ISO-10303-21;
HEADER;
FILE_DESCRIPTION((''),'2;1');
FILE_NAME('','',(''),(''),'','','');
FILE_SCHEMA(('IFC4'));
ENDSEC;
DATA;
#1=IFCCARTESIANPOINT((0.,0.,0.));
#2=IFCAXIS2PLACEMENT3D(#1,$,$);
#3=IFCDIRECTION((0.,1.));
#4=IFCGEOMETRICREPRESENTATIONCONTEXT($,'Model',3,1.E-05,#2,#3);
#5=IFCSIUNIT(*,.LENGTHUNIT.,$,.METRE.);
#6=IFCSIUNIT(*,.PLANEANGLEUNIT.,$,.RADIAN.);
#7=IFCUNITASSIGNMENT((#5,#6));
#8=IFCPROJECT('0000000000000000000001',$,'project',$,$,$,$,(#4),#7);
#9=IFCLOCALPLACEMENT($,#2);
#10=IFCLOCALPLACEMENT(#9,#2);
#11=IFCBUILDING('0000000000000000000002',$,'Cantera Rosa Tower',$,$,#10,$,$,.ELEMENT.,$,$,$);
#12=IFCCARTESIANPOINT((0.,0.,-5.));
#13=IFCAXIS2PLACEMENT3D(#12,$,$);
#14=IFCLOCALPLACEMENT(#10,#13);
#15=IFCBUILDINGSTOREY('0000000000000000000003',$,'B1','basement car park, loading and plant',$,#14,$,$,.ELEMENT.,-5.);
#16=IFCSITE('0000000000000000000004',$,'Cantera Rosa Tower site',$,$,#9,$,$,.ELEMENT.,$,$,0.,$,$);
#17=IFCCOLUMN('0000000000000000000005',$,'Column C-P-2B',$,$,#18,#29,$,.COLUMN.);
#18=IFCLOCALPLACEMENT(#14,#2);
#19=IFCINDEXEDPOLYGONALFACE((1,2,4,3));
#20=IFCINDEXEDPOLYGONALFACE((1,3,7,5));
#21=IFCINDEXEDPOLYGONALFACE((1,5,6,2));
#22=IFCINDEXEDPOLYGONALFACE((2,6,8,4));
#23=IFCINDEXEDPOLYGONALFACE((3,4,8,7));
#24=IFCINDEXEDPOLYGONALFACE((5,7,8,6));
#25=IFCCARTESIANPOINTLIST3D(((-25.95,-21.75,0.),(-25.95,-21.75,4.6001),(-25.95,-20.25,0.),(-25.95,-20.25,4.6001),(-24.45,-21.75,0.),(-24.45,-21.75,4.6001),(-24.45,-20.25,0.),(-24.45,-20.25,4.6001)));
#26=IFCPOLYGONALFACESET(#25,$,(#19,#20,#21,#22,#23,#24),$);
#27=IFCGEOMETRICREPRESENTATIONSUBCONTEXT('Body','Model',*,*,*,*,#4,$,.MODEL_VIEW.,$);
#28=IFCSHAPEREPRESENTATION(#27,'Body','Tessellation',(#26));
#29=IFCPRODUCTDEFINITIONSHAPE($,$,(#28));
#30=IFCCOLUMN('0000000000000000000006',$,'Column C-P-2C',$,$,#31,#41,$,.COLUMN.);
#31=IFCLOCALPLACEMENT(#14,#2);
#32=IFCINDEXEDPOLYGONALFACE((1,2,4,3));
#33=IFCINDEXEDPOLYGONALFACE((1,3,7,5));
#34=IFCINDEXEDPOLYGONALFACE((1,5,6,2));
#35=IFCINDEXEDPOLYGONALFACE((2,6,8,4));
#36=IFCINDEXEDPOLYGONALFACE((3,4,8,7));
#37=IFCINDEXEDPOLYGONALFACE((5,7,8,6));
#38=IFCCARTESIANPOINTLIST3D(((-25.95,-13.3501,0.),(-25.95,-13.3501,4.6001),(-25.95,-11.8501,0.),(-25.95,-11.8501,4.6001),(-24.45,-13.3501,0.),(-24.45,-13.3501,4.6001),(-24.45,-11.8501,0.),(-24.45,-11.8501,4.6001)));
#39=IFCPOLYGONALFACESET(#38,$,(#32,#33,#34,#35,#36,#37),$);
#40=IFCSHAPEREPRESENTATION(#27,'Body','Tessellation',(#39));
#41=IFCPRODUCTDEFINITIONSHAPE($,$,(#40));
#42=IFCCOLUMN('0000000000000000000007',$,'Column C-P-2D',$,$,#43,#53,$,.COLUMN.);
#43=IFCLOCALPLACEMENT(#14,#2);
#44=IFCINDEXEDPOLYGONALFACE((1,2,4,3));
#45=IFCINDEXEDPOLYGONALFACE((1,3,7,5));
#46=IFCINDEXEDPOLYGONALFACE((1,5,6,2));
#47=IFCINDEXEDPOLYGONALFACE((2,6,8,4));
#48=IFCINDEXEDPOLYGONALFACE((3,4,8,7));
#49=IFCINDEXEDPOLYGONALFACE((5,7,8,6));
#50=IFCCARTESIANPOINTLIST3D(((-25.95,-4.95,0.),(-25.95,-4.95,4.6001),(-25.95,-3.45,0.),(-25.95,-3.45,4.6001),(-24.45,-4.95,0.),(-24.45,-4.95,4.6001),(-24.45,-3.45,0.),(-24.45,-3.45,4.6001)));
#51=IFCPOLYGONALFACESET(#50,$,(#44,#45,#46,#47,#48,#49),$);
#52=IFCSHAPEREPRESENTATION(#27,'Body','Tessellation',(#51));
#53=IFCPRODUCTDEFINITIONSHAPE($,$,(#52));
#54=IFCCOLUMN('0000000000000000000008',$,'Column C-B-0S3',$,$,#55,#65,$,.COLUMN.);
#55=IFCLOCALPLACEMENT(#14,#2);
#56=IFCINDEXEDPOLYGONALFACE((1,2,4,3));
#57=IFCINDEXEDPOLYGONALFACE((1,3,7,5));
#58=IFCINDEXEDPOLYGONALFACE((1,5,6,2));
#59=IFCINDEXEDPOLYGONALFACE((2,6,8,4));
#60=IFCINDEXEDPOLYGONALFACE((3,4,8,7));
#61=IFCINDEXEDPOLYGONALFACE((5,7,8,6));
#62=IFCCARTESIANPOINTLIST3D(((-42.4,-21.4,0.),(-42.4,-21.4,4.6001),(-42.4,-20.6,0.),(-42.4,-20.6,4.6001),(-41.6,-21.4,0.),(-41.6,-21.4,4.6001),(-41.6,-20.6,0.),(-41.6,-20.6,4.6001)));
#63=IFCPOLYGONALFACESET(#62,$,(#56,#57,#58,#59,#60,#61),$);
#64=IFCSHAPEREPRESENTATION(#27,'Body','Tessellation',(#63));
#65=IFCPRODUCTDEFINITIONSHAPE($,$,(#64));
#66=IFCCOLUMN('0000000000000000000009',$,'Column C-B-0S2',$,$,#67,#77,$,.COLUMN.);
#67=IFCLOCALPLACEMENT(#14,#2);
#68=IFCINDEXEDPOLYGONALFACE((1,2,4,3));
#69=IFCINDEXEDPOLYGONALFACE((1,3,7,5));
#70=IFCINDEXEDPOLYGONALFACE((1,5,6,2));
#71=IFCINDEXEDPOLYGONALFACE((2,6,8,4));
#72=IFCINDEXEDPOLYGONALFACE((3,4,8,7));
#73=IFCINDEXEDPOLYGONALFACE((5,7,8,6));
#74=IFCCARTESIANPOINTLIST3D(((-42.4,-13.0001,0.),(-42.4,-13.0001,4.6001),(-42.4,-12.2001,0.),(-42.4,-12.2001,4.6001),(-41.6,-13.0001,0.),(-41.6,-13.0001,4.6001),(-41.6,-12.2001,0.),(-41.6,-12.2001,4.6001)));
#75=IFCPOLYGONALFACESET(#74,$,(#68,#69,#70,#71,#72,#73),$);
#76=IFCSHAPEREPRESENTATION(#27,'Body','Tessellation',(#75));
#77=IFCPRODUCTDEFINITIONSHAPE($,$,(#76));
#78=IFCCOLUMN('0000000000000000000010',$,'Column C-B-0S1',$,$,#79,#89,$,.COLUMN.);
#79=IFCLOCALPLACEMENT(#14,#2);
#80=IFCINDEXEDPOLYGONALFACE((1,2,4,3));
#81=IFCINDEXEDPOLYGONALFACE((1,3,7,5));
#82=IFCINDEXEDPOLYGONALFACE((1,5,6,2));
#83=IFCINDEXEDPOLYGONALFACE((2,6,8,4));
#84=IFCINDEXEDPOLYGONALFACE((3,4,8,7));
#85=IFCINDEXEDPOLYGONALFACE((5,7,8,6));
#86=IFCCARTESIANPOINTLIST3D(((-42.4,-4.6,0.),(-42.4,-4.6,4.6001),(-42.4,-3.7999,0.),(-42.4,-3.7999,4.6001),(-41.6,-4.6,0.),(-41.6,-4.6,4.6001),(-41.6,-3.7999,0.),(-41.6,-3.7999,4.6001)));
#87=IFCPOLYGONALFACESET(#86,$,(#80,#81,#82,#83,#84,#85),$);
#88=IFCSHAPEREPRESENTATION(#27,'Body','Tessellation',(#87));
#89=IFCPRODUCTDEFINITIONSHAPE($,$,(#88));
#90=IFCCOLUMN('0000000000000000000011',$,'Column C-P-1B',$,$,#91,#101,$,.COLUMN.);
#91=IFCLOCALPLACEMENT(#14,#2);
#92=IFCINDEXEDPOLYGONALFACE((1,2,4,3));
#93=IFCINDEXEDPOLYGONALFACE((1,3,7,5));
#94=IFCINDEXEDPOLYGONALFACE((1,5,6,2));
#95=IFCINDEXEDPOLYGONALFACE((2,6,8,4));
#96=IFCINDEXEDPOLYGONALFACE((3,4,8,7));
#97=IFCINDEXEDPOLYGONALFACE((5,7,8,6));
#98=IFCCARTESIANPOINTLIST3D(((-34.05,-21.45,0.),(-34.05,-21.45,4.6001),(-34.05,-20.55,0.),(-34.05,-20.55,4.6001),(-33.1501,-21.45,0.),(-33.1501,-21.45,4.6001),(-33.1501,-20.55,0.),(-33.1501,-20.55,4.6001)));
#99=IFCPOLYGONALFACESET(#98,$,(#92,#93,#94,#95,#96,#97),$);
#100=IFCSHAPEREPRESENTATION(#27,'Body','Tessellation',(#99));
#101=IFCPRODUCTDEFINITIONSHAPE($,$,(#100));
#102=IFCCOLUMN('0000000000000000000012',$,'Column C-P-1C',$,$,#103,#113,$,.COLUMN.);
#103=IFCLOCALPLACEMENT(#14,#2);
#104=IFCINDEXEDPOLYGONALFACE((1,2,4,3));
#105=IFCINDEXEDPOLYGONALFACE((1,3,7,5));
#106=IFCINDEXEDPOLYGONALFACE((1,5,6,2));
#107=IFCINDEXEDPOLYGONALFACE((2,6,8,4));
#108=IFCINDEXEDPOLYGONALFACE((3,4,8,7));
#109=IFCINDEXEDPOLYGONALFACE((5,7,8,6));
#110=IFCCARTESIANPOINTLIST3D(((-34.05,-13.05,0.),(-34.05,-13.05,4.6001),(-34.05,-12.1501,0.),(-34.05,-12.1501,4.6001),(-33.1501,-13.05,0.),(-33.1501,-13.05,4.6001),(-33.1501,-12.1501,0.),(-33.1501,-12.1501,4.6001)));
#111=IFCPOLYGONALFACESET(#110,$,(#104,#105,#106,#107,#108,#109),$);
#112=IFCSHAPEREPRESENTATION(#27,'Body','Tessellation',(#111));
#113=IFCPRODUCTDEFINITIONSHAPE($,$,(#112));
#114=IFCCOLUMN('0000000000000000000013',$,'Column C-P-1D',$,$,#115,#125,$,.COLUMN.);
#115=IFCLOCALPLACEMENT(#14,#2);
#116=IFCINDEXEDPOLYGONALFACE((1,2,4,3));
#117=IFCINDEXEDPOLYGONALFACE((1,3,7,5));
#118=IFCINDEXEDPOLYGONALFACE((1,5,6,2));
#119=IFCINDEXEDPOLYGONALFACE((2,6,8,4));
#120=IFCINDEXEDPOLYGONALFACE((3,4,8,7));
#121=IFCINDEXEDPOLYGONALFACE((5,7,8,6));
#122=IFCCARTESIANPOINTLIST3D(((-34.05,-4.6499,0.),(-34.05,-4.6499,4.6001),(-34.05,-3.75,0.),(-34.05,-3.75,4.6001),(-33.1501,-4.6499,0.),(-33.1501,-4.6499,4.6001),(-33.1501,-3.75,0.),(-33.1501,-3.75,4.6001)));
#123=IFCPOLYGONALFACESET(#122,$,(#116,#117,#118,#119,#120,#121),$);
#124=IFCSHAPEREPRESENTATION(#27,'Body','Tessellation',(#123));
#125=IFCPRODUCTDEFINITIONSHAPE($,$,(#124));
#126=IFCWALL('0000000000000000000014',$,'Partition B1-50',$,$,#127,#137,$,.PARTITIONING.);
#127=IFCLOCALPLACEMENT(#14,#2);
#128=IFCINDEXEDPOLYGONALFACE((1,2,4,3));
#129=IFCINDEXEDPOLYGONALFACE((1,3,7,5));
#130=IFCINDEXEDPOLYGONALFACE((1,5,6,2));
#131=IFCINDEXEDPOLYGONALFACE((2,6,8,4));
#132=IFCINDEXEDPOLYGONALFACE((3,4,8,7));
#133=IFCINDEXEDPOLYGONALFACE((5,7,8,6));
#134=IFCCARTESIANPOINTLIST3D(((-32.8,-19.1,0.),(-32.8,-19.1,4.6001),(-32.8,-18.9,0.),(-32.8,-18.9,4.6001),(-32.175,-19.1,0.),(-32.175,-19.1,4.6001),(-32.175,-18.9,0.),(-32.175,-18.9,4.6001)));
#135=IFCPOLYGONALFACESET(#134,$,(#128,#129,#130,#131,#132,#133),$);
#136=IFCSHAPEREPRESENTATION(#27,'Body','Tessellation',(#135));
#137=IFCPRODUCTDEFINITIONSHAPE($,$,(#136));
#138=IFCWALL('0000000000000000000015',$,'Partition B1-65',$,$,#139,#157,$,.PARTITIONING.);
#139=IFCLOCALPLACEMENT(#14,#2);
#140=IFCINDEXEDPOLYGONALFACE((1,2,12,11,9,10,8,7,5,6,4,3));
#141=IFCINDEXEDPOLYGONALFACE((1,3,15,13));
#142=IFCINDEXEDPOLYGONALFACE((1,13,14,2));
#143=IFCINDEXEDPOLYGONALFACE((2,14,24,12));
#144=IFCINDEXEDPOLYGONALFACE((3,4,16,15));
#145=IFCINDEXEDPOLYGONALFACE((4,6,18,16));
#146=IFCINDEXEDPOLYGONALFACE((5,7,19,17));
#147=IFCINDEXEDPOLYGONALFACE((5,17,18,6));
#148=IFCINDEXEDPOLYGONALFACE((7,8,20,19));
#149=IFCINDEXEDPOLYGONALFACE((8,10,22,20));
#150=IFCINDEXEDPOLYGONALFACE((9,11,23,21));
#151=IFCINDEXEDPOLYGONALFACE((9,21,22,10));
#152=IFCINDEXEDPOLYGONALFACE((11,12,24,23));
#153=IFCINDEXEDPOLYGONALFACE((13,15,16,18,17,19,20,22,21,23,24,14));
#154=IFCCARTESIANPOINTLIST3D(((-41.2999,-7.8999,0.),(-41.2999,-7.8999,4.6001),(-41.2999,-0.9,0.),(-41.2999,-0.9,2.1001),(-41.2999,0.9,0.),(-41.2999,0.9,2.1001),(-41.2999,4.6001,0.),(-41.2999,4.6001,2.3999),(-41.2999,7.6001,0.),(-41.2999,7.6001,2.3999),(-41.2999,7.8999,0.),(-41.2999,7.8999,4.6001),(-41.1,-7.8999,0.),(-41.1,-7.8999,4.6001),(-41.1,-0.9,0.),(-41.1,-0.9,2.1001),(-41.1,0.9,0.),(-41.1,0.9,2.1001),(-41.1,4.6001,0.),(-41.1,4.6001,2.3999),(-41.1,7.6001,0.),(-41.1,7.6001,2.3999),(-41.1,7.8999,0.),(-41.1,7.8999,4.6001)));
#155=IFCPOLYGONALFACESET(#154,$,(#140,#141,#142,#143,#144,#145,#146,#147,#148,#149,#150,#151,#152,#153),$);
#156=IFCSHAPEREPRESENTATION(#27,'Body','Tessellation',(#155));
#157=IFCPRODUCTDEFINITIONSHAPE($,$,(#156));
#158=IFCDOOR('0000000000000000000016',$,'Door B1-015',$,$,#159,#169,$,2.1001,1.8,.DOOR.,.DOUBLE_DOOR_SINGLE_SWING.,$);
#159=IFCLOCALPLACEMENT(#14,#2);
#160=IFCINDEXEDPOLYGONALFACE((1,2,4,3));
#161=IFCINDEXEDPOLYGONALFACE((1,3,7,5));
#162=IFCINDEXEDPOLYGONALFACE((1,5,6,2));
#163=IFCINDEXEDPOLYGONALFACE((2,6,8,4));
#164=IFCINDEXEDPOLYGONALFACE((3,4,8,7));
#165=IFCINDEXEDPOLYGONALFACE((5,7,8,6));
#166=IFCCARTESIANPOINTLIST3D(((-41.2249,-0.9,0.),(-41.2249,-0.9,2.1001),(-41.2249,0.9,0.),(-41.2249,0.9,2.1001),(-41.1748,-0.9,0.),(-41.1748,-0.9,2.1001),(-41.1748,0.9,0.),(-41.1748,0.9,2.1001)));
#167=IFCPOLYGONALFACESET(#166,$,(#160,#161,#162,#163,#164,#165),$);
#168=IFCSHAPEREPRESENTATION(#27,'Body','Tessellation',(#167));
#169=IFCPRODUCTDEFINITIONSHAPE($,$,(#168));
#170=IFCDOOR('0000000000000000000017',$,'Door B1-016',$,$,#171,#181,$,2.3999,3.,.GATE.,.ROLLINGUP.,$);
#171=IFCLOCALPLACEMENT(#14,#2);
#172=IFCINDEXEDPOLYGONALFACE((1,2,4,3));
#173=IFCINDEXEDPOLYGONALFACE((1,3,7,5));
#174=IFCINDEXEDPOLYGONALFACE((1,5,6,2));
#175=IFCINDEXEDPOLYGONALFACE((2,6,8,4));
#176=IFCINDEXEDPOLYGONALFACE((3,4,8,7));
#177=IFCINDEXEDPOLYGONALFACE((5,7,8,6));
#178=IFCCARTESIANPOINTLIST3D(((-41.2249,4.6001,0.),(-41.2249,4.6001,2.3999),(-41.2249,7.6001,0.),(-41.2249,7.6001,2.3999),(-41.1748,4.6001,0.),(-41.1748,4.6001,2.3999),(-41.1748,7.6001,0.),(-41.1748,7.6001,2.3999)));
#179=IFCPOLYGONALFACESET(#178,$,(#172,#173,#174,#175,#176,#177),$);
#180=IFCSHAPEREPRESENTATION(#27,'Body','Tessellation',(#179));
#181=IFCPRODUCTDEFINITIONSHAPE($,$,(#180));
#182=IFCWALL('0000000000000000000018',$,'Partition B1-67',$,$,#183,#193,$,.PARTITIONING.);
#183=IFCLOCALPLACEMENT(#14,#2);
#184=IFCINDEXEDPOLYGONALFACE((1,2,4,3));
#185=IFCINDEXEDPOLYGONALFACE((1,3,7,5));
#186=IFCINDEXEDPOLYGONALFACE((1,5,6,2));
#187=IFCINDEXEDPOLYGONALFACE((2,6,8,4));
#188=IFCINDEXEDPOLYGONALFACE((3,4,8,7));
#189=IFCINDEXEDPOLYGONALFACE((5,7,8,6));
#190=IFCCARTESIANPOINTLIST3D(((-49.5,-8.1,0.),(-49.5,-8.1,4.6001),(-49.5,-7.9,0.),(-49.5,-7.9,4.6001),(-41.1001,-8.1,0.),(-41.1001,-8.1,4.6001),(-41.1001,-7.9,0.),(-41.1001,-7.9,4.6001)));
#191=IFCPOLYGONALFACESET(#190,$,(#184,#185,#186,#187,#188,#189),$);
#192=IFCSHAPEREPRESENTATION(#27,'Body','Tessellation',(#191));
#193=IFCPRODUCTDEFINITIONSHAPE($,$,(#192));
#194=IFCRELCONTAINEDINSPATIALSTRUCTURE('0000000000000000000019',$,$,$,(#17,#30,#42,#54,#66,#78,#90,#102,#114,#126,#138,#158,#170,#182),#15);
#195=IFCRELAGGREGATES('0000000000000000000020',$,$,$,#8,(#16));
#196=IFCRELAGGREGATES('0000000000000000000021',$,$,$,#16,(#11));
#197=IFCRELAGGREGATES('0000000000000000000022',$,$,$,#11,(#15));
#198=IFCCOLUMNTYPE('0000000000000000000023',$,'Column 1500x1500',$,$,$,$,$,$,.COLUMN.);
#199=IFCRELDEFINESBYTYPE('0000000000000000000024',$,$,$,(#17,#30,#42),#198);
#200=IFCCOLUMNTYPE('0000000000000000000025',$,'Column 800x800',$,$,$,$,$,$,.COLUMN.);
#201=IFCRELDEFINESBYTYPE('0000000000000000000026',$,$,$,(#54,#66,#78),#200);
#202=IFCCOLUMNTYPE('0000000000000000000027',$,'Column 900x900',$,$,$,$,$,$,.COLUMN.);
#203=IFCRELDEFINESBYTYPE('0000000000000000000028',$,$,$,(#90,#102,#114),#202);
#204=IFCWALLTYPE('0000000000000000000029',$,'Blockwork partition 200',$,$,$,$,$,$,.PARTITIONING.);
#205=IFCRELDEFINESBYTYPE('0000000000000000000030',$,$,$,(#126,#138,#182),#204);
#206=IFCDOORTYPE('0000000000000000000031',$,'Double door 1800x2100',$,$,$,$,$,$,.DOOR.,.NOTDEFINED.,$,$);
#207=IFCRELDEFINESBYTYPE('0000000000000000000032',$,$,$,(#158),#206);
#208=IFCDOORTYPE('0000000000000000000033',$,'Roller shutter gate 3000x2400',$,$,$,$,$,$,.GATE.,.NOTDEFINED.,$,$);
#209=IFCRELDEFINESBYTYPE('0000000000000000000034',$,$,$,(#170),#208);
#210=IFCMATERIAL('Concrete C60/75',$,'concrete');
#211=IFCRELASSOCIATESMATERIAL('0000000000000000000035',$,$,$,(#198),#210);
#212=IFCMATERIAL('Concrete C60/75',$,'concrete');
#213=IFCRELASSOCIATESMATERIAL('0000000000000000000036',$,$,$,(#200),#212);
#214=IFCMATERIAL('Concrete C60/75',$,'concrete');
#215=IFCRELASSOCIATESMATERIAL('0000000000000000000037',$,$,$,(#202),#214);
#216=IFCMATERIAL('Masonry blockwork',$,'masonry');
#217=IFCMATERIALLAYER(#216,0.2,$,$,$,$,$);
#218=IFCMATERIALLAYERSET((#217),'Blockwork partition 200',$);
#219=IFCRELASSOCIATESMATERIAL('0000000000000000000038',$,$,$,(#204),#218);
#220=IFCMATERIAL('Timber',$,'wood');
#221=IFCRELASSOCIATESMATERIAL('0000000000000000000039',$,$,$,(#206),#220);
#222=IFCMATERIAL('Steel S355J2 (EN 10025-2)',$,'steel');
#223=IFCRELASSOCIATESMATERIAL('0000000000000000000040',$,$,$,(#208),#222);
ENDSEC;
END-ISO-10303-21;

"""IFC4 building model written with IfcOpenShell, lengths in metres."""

from ifc_helpers import new_model, si_unit, direction, frame, frame_2d, origin, origin_2d, place, context, subcontext, project, spatial, rectangle, extrude, material, layer, layer_set, material_profile, profile_set, type_object, element, fill, save


model = new_model("IFC4")

# Units and contexts
model_context = context("Model", 3, precision=1e-05, world=origin(), true_north=direction((0.0, 1.0)))
body_context = subcontext(model_context, "Body", "Model", "MODEL_VIEW")
ifc_project = project(units=[si_unit("LENGTHUNIT", "METRE"), si_unit("PLANEANGLEUNIT", "RADIAN")], contexts=[model_context])

# Site, building, storey
site_placement = place(None, origin())
site = spatial("IfcSite", under=ifc_project, at=site_placement, Name="Cantera Rosa Tower site", CompositionType="ELEMENT", RefElevation=0.0)
building_placement = place(site_placement, origin())
building = spatial("IfcBuilding", under=site, at=building_placement, Name="Cantera Rosa Tower", CompositionType="ELEMENT")
storey_placement = place(building_placement, frame((0.0, 0.0, -5.0)))
storey = spatial("IfcBuildingStorey", under=building, at=storey_placement, Name="B1", Description="basement car park, loading and plant", CompositionType="ELEMENT", Elevation=-5.0)

# Columns
ifc_material_1 = material(Name="Concrete C60/75", Category="concrete")
ifc_material_profile_1 = material_profile(ifc_material_1, rectangle(XDim=1.5, YDim=1.5, at=origin_2d()), Name="Column 1500x1500")
ifc_profile_set_1 = profile_set([ifc_material_profile_1], Name="Concrete C60/75")
column_type_1 = type_object("IfcColumnType", Name="Column 1500x1500", PredefinedType="COLUMN", material=ifc_profile_set_1)
for number, where, z_axis, x_axis, name in (
    (1, (-25.2, -21.0, 0.0), (0.0, 0.0, 1.0), (1.0, 0.0, 0.0), "Column C-P-2B"),
    (2, (-25.2, -12.6001, 0.0), (0.0, 0.0, 1.0), (1.0, 0.0, 0.0), "Column C-P-2C"),
    (3, (-25.2, -4.2, 0.0), (0.0, 0.0, 1.0), (1.0, 0.0, 0.0), "Column C-P-2D"),
):
    element("IfcColumn", number, at=place(storey_placement, frame(where, z_axis=z_axis, x_axis=x_axis)), inside=storey, type_object=column_type_1, Name=name, PredefinedType="COLUMN", context=body_context, shape_type="SweptSolid", body=[
        extrude(rectangle(XDim=1.5, YDim=1.5, at=origin_2d()), origin(), (0.0, 0.0, 1.0), 4.6001),
    ])
ifc_material_2 = material(Name="Concrete C60/75", Category="concrete")
ifc_material_profile_2 = material_profile(ifc_material_2, rectangle(XDim=0.8, YDim=0.8, at=origin_2d()), Name="Column 800x800")
ifc_profile_set_2 = profile_set([ifc_material_profile_2], Name="Concrete C60/75")
column_type_2 = type_object("IfcColumnType", Name="Column 800x800", PredefinedType="COLUMN", material=ifc_profile_set_2)
for number, where, z_axis, x_axis, name in (
    (4, (-42.0, -21.0, 0.0), (0.0, 0.0, 1.0), (1.0, 0.0, 0.0), "Column C-B-0S3"),
    (5, (-42.0, -12.6001, 0.0), (0.0, 0.0, 1.0), (1.0, 0.0, 0.0), "Column C-B-0S2"),
    (6, (-42.0, -4.2, 0.0), (0.0, 0.0, 1.0), (1.0, 0.0, 0.0), "Column C-B-0S1"),
):
    element("IfcColumn", number, at=place(storey_placement, frame(where, z_axis=z_axis, x_axis=x_axis)), inside=storey, type_object=column_type_2, Name=name, PredefinedType="COLUMN", context=body_context, shape_type="SweptSolid", body=[
        extrude(rectangle(XDim=0.8, YDim=0.8, at=origin_2d()), origin(), (0.0, 0.0, 1.0), 4.6001),
    ])
ifc_material_3 = material(Name="Concrete C60/75", Category="concrete")
ifc_material_profile_3 = material_profile(ifc_material_3, rectangle(XDim=0.8999, YDim=0.8999, at=origin_2d()), Name="Column 900x900")
ifc_profile_set_3 = profile_set([ifc_material_profile_3], Name="Concrete C60/75")
column_type_3 = type_object("IfcColumnType", Name="Column 900x900", PredefinedType="COLUMN", material=ifc_profile_set_3)
for number, where, z_axis, x_axis, name in (
    (7, (-33.6001, -21.0, 0.0), (0.0, 0.0, 1.0), (1.0, 0.0, 0.0), "Column C-P-1B"),
    (8, (-33.6001, -12.6001, 0.0), (0.0, 0.0, 1.0), (1.0, 0.0, 0.0), "Column C-P-1C"),
    (9, (-33.6001, -4.2, 0.0), (0.0, 0.0, 1.0), (1.0, 0.0, 0.0), "Column C-P-1D"),
):
    element("IfcColumn", number, at=place(storey_placement, frame(where, z_axis=z_axis, x_axis=x_axis)), inside=storey, type_object=column_type_3, Name=name, PredefinedType="COLUMN", context=body_context, shape_type="SweptSolid", body=[
        extrude(rectangle(XDim=0.8999, YDim=0.8999, at=origin_2d()), origin(), (0.0, 0.0, 1.0), 4.6001),
    ])

# Wall
ifc_material_4 = material(Name="Masonry blockwork", Category="masonry")
ifc_layer_1 = layer(ifc_material_4, 0.2)
ifc_layer_set_1 = layer_set([ifc_layer_1], Name="Blockwork partition 200")
wall_type_1 = type_object("IfcWallType", Name="Blockwork partition 200", PredefinedType="PARTITIONING", material=ifc_layer_set_1)
wall_1_placement = place(storey_placement, frame((-32.8, -19.0, 0.0), z_axis=(0.0, 0.0, 1.0), x_axis=(1.0, 0.0, 0.0)))
element("IfcWall", 10, at=wall_1_placement, inside=storey, type_object=wall_type_1, Name="Partition B1-50", PredefinedType="PARTITIONING", context=body_context, shape_type="SweptSolid", body=[
    extrude(rectangle(XDim=0.625, YDim=0.2, at=frame_2d((0.3125, 0.0))), origin(), (0.0, 0.0, 1.0), 4.6001),
])

# Wall, openings, doors
wall_2_placement = place(storey_placement, frame((-41.2, -7.8999, 0.0), z_axis=(0.0, 0.0, 1.0), x_axis=(0.0, 1.0, 0.0)))
wall_2 = element("IfcWall", 11, at=wall_2_placement, inside=storey, type_object=wall_type_1, Name="Partition B1-65", PredefinedType="PARTITIONING", context=body_context, shape_type="SweptSolid", body=[
    extrude(rectangle(XDim=15.7998, YDim=0.2, at=frame_2d((7.8999, 0.0))), origin(), (0.0, 0.0, 1.0), 4.6001),
])
opening_1_placement = place(wall_2_placement, frame((7.0, 0.0, 0.0)))
opening_1 = element("IfcOpeningElement", 12, at=opening_1_placement, cuts=wall_2, PredefinedType="OPENING", context=body_context, shape_type="SweptSolid", body=[
    extrude(rectangle(XDim=1.8, YDim=2.1001, at=frame_2d((0.8999, 1.05))), frame((0.0, 0.1099, 0.0), z_axis=(0.0, -1.0, 0.0), x_axis=(1.0, 0.0, 0.0)), (0.0, 0.0, 1.0), 0.22),
])
opening_2_placement = place(wall_2_placement, frame((12.5, 0.0, 0.0)))
opening_2 = element("IfcOpeningElement", 13, at=opening_2_placement, cuts=wall_2, PredefinedType="OPENING", context=body_context, shape_type="SweptSolid", body=[
    extrude(rectangle(XDim=3.0, YDim=2.3999, at=frame_2d((1.5, 1.2))), frame((0.0, 0.1099, 0.0), z_axis=(0.0, -1.0, 0.0), x_axis=(1.0, 0.0, 0.0)), (0.0, 0.0, 1.0), 0.22),
])
ifc_material_5 = material(Name="Timber", Category="wood")
door_type_1 = type_object("IfcDoorType", Name="Double door 1800x2100", OperationType="NOTDEFINED", PredefinedType="DOOR", material=ifc_material_5)
door_1_placement = place(opening_1_placement, origin())
door_1 = element("IfcDoor", 14, at=door_1_placement, inside=storey, type_object=door_type_1, Name="Door B1-015", OperationType="DOUBLE_DOOR_SINGLE_SWING", OverallHeight=2.1001, OverallWidth=1.8, PredefinedType="DOOR", context=body_context, shape_type="SweptSolid", body=[
    extrude(rectangle(XDim=1.8, YDim=2.1001, at=frame_2d((0.8999, 1.05))), frame((0.0, 0.0249, 0.0), z_axis=(0.0, -1.0, 0.0), x_axis=(1.0, 0.0, 0.0)), (0.0, 0.0, 1.0), 0.05),
])
fill(opening_1, door_1)
ifc_material_6 = material(Name="Steel S355J2 (EN 10025-2)", Category="steel")
door_type_2 = type_object("IfcDoorType", Name="Roller shutter gate 3000x2400", OperationType="NOTDEFINED", PredefinedType="GATE", material=ifc_material_6)
door_2_placement = place(opening_2_placement, origin())
door_2 = element("IfcDoor", 15, at=door_2_placement, inside=storey, type_object=door_type_2, Name="Door B1-016", OperationType="ROLLINGUP", OverallHeight=2.3999, OverallWidth=3.0, PredefinedType="GATE", context=body_context, shape_type="SweptSolid", body=[
    extrude(rectangle(XDim=3.0, YDim=2.3999, at=frame_2d((1.5, 1.2))), frame((0.0, 0.0249, 0.0), z_axis=(0.0, -1.0, 0.0), x_axis=(1.0, 0.0, 0.0)), (0.0, 0.0, 1.0), 0.05),
])
fill(opening_2, door_2)

# Wall
wall_3_placement = place(storey_placement, frame((-49.5, -8.0, 0.0), z_axis=(0.0, 0.0, 1.0), x_axis=(1.0, 0.0, 0.0)))
element("IfcWall", 16, at=wall_3_placement, inside=storey, type_object=wall_type_1, Name="Partition B1-67", PredefinedType="PARTITIONING", context=body_context, shape_type="SweptSolid", body=[
    extrude(rectangle(XDim=8.3999, YDim=0.2, at=frame_2d((4.2, 0.0))), origin(), (0.0, 0.0, 1.0), 4.6001),
])

save(model, "model.ifc")
